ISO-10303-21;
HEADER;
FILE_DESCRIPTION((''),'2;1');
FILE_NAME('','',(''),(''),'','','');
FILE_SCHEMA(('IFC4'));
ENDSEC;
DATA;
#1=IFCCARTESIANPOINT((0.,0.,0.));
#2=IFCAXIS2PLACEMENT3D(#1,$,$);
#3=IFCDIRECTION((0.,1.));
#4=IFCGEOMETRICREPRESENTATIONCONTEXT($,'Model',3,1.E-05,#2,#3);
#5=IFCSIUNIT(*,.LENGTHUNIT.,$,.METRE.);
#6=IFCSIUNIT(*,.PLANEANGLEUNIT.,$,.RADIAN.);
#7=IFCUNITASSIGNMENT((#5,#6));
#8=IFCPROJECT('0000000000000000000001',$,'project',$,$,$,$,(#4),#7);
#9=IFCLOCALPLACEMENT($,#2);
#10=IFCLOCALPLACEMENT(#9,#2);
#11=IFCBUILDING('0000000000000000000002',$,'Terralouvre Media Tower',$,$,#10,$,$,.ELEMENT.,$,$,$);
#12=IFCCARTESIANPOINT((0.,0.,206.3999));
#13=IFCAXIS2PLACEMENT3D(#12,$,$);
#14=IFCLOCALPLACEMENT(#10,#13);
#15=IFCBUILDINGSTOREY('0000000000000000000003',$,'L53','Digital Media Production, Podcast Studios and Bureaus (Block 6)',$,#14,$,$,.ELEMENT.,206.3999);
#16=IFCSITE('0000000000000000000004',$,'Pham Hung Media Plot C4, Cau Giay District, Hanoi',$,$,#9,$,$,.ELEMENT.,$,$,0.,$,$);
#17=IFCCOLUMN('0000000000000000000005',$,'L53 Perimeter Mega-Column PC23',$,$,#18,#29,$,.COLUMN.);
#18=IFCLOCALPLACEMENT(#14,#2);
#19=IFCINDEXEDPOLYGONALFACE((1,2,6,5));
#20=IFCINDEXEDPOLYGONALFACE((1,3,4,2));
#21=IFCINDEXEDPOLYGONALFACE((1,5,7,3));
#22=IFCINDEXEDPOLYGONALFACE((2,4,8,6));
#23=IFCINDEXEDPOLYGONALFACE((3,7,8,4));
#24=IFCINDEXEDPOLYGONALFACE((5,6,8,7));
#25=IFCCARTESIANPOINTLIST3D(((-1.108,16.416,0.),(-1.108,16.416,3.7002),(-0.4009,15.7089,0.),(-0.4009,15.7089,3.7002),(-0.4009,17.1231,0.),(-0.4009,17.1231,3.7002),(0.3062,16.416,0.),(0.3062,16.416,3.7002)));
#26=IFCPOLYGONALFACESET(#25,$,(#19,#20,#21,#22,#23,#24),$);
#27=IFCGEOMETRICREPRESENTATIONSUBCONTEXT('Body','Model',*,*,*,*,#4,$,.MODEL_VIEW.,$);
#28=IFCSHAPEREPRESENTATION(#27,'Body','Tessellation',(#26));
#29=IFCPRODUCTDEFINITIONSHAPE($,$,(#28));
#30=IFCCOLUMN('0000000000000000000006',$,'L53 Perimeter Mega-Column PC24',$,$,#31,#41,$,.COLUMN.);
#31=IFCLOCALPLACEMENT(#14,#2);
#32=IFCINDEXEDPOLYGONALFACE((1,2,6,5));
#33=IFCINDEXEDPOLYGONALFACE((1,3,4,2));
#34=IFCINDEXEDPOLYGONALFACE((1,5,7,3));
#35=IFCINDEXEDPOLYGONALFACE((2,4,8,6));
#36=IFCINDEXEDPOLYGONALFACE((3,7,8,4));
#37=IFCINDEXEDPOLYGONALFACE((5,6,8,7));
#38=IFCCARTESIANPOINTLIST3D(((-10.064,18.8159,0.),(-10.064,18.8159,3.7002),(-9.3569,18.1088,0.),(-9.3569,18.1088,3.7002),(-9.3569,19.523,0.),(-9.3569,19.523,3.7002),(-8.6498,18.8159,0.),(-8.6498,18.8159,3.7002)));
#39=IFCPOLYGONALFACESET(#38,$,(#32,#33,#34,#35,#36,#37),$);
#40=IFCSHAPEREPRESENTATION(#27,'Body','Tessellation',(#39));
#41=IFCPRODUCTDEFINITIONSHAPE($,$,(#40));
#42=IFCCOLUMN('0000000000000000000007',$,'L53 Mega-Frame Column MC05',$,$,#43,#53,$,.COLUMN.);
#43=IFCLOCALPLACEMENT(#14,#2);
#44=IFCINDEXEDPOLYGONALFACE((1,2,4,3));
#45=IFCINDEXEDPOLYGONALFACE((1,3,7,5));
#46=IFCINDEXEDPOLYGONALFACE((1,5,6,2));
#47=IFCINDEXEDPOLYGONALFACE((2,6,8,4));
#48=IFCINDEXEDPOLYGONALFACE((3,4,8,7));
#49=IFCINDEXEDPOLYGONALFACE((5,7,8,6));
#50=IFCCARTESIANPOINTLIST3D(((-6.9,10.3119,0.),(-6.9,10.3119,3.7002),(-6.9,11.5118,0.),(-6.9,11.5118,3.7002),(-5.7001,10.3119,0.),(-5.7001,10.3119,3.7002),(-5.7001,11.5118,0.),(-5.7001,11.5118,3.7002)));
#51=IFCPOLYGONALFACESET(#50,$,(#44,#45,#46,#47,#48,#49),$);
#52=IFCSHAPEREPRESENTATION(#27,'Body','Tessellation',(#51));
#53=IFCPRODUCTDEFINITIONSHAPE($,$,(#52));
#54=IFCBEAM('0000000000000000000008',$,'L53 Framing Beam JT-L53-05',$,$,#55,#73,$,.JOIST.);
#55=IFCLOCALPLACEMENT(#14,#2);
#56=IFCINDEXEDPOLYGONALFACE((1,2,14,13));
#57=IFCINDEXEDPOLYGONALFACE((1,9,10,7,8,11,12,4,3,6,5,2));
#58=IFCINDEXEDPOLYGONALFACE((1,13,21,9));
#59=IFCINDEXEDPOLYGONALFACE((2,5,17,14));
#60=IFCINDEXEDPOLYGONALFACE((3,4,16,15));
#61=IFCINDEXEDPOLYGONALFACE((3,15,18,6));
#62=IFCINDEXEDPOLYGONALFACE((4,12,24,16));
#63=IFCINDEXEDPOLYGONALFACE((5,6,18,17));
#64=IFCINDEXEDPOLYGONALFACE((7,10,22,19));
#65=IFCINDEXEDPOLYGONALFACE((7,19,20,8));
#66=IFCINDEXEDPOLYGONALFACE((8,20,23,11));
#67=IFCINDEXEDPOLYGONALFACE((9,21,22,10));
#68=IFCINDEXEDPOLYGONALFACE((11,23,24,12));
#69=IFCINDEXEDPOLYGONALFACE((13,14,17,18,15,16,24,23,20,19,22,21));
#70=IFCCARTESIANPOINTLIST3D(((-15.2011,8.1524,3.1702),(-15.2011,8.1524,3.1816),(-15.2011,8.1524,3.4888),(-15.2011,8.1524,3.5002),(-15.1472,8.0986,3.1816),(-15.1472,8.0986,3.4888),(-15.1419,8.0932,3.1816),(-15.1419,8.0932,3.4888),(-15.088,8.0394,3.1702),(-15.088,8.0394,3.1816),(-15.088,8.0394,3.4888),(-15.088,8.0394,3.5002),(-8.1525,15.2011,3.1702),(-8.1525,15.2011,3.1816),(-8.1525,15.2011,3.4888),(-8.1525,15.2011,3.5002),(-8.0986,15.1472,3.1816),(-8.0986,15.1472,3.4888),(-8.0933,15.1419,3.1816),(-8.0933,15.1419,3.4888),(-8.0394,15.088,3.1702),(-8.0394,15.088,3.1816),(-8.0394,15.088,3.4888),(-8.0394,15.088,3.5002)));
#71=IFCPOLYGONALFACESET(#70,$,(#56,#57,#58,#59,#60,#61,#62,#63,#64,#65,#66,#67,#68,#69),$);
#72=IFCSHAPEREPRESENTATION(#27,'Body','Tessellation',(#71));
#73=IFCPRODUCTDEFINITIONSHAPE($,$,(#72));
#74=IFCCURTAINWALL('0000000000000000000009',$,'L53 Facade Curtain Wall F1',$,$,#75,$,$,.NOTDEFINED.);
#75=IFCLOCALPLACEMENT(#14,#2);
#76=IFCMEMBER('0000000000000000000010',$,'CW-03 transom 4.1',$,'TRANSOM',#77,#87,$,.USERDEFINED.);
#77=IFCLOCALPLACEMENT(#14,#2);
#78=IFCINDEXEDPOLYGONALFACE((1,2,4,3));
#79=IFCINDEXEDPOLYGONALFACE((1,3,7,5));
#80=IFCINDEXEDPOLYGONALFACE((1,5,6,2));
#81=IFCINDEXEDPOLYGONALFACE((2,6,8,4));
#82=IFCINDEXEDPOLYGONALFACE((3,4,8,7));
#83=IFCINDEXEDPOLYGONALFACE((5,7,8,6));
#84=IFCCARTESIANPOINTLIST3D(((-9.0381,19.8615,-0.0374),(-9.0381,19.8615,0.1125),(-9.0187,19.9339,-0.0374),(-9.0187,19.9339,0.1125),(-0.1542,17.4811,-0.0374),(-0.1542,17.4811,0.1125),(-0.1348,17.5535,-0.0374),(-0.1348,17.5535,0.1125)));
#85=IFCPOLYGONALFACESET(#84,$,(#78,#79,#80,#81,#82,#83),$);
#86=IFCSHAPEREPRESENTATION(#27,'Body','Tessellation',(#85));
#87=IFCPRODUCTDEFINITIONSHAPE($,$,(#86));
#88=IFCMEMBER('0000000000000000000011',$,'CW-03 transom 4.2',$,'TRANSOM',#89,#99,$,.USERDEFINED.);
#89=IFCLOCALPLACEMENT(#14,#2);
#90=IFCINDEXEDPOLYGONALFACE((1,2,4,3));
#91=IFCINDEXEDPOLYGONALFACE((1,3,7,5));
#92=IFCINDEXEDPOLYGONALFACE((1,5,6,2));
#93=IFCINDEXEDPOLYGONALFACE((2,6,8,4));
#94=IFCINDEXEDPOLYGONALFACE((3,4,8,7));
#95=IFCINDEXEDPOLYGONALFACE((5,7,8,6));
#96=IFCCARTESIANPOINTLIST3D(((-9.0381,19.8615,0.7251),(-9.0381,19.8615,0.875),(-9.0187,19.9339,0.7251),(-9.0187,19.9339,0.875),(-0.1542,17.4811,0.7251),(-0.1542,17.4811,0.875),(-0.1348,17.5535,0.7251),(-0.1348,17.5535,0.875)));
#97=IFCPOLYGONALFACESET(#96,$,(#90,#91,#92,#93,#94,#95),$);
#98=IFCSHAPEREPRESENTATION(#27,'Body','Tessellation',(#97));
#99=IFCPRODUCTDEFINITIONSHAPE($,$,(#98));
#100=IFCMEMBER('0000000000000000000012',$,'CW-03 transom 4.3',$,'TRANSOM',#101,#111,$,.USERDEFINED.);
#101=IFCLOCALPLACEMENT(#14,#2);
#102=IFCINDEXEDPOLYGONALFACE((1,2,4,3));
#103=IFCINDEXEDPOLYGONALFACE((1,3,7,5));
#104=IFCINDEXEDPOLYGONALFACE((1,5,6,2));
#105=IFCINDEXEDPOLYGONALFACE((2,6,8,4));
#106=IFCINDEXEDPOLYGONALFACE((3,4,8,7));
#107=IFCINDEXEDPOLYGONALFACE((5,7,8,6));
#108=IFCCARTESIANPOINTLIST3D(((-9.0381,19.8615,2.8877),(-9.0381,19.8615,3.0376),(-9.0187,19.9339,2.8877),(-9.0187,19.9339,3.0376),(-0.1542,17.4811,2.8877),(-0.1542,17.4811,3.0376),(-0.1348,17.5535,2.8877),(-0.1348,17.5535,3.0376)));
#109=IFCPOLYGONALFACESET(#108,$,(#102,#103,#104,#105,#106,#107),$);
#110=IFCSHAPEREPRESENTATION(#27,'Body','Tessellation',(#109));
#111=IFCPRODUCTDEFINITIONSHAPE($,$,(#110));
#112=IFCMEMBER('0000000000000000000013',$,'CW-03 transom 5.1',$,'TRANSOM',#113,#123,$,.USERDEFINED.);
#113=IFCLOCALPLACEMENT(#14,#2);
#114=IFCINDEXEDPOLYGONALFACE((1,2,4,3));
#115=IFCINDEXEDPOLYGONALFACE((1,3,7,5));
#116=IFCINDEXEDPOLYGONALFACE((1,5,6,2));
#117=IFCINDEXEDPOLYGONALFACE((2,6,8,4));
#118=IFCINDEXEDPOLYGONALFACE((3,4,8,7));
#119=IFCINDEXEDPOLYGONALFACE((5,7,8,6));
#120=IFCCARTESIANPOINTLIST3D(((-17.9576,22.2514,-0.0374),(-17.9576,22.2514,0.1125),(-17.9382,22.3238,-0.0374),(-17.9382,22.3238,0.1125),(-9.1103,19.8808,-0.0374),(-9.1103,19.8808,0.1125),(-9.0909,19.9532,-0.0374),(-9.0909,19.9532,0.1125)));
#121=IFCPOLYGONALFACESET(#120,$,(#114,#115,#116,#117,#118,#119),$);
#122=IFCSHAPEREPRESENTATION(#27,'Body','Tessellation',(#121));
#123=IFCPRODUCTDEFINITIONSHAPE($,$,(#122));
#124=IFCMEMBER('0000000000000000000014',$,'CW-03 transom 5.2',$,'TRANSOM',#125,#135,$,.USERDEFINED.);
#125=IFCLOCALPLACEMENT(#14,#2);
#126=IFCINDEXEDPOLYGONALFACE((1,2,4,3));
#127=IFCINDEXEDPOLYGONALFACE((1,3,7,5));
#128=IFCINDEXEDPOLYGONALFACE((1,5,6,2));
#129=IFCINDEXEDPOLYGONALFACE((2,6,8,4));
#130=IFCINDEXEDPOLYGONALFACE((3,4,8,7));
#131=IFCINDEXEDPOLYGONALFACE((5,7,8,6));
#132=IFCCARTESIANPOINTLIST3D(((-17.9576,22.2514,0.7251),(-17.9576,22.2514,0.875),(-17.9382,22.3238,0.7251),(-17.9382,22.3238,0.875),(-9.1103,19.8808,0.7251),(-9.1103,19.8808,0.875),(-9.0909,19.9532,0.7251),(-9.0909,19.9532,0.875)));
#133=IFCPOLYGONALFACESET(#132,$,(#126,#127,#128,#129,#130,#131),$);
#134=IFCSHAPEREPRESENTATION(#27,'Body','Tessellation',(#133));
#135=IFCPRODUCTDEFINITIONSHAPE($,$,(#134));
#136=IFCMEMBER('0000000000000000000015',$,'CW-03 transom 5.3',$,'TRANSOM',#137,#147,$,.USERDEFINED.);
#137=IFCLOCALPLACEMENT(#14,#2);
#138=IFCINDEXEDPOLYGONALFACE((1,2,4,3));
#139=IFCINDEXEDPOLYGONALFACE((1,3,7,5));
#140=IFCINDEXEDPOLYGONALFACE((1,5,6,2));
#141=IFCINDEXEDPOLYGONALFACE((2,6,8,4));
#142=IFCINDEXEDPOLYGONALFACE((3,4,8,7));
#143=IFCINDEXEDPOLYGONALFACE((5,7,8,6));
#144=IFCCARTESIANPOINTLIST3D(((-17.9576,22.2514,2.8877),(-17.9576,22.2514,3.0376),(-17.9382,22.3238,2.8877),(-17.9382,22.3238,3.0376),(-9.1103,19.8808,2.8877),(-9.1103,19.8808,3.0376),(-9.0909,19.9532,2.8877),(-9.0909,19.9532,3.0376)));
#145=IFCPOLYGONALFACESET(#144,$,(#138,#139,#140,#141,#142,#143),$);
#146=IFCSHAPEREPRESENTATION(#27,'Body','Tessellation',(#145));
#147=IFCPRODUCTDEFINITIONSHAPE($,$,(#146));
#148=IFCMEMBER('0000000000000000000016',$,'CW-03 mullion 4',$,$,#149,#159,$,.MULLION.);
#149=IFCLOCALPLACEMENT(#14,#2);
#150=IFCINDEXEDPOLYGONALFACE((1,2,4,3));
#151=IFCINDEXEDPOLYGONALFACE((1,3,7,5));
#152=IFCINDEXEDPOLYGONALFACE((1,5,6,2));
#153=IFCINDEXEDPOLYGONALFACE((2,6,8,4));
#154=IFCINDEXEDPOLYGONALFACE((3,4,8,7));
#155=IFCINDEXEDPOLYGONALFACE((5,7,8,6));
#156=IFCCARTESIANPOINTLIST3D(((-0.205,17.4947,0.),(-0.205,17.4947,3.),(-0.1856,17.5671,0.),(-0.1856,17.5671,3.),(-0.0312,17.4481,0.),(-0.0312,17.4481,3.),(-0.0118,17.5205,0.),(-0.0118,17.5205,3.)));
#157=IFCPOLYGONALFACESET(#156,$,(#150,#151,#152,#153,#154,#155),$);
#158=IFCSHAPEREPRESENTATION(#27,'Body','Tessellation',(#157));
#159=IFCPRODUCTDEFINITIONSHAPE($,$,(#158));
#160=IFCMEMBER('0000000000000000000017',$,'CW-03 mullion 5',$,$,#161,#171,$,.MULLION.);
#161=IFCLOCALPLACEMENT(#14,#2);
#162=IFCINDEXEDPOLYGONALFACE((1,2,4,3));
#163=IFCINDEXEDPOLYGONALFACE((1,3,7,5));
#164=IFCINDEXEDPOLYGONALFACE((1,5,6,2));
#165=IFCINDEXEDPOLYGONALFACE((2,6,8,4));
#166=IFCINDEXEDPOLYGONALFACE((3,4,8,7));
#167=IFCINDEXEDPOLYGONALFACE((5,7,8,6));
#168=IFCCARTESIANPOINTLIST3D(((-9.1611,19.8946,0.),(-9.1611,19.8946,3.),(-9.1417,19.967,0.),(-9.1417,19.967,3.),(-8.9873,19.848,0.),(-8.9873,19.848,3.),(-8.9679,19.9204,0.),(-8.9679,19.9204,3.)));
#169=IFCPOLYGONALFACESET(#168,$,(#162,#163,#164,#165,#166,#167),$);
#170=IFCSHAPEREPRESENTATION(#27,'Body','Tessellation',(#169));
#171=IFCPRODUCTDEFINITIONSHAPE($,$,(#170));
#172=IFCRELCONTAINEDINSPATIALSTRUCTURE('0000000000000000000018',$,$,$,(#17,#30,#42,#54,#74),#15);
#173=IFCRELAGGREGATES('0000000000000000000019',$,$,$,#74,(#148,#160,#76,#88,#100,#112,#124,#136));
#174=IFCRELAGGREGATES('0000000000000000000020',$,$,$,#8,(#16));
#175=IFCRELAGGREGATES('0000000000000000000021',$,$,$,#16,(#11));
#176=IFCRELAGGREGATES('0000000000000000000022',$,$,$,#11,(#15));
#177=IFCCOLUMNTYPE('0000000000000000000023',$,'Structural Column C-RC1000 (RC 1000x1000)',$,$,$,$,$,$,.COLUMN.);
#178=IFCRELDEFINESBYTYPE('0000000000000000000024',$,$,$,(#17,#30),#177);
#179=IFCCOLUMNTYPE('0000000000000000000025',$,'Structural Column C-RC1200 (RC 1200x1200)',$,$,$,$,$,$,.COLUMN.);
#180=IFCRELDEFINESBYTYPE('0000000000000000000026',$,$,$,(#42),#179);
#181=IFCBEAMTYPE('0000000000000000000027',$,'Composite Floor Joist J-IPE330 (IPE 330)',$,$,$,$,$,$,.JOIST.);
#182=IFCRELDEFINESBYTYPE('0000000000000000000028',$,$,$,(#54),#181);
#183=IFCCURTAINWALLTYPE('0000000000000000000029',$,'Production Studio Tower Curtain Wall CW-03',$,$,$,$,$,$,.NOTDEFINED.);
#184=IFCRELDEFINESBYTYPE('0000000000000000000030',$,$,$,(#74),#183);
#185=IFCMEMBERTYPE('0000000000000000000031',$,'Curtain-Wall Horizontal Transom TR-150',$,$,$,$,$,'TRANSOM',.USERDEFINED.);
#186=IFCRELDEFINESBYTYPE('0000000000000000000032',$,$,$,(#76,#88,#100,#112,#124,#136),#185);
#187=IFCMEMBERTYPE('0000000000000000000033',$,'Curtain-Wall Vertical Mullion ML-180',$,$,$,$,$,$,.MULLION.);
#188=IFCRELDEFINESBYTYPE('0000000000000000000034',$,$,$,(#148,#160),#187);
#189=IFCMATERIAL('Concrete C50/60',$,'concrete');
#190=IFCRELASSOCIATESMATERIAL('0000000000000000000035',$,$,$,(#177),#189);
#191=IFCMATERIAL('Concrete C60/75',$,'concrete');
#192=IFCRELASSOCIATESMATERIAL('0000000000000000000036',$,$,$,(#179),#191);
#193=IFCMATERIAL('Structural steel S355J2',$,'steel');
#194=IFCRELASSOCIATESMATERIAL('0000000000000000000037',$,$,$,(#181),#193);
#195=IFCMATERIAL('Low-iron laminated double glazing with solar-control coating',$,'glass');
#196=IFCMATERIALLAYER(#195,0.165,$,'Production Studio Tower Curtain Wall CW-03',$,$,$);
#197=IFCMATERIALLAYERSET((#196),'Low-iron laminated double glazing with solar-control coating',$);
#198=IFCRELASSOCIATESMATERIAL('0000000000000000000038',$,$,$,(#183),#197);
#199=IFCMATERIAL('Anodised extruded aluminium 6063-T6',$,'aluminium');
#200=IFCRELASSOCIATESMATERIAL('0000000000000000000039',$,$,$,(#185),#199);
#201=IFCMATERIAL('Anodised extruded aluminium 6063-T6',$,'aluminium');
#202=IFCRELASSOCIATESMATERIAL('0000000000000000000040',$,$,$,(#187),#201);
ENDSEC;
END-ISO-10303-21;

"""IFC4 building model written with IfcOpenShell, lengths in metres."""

from ifc_helpers import new_model, si_unit, direction, frame, origin, origin_2d, place, context, subcontext, project, spatial, rectangle, i_section, extrude, material, layer, layer_set, material_profile, profile_set, type_object, element, aggregate, save


model = new_model("IFC4")

# Units and contexts
model_context = context("Model", 3, precision=1e-05, world=origin(), true_north=direction((0.0, 1.0)))
body_context = subcontext(model_context, "Body", "Model", "MODEL_VIEW")
ifc_project = project(units=[si_unit("LENGTHUNIT", "METRE"), si_unit("PLANEANGLEUNIT", "RADIAN")], contexts=[model_context])

# Site, building, storey
site_placement = place(None, origin())
site = spatial("IfcSite", under=ifc_project, at=site_placement, Name="Pham Hung Media Plot C4, Cau Giay District, Hanoi", CompositionType="ELEMENT", RefElevation=0.0)
building_placement = place(site_placement, origin())
building = spatial("IfcBuilding", under=site, at=building_placement, Name="Terralouvre Media Tower", CompositionType="ELEMENT")
storey_placement = place(building_placement, frame((0.0, 0.0, 206.3999)))
storey = spatial("IfcBuildingStorey", under=building, at=storey_placement, Name="L53", Description="Digital Media Production, Podcast Studios and Bureaus (Block 6)", CompositionType="ELEMENT", Elevation=206.3999)

# Columns
ifc_material_1 = material(Name="Concrete C50/60", Category="concrete")
ifc_material_profile_1 = material_profile(ifc_material_1, rectangle(XDim=1.0, YDim=1.0, at=origin_2d()), Name="RC 1000x1000")
ifc_profile_set_1 = profile_set([ifc_material_profile_1], Name="Concrete C50/60")
column_type_1 = type_object("IfcColumnType", Name="Structural Column C-RC1000 (RC 1000x1000)", PredefinedType="COLUMN", material=ifc_profile_set_1)
for number, where, z_axis, x_axis, name in (
    (1, (-0.4009, 16.416, 0.0), (0.0, 0.0, 1.0), (0.707107, 0.707107, 0.0), "L53 Perimeter Mega-Column PC23"),
    (2, (-9.3569, 18.8159, 0.0), (0.0, 0.0, 1.0), (0.707107, 0.707107, 0.0), "L53 Perimeter Mega-Column PC24"),
):
    element("IfcColumn", number, at=place(storey_placement, frame(where, z_axis=z_axis, x_axis=x_axis)), inside=storey, type_object=column_type_1, Name=name, PredefinedType="COLUMN", context=body_context, shape_type="SweptSolid", body=[
        extrude(rectangle(XDim=1.0, YDim=1.0, at=origin_2d()), origin(), (0.0, 0.0, 1.0), 3.7002),
    ])
ifc_material_2 = material(Name="Concrete C60/75", Category="concrete")
ifc_material_profile_2 = material_profile(ifc_material_2, rectangle(XDim=1.2, YDim=1.2, at=origin_2d()), Name="RC 1200x1200")
ifc_profile_set_2 = profile_set([ifc_material_profile_2], Name="Concrete C60/75")
column_type_2 = type_object("IfcColumnType", Name="Structural Column C-RC1200 (RC 1200x1200)", PredefinedType="COLUMN", material=ifc_profile_set_2)
column_placement = place(storey_placement, frame((-6.3, 10.9119, 0.0), z_axis=(0.0, 0.0, 1.0), x_axis=(1.0, 0.0, 0.0)))
element("IfcColumn", 3, at=column_placement, inside=storey, type_object=column_type_2, Name="L53 Mega-Frame Column MC05", PredefinedType="COLUMN", context=body_context, shape_type="SweptSolid", body=[
    extrude(rectangle(XDim=1.2, YDim=1.2, at=origin_2d()), origin(), (0.0, 0.0, 1.0), 3.7002),
])

# Beam
ifc_material_3 = material(Name="Structural steel S355J2", Category="steel")
ifc_material_profile_3 = material_profile(ifc_material_3, i_section(OverallWidth=0.1599, OverallDepth=0.3301, WebThickness=0.0076, FlangeThickness=0.0115, at=origin_2d()), Name="IPE 330")
ifc_profile_set_3 = profile_set([ifc_material_profile_3], Name="Structural steel S355J2")
beam_type_1 = type_object("IfcBeamType", Name="Composite Floor Joist J-IPE330 (IPE 330)", PredefinedType="JOIST", material=ifc_profile_set_3)
beam_1_placement = place(storey_placement, frame((-8.0959, 15.1445, 3.3352), z_axis=(-0.707107, -0.707107, 0.0), x_axis=(0.707107, -0.707107, 0.0)))
element("IfcBeam", 4, at=beam_1_placement, inside=storey, type_object=beam_type_1, Name="L53 Framing Beam JT-L53-05", PredefinedType="JOIST", context=body_context, shape_type="SweptSolid", body=[
    extrude(i_section(OverallWidth=0.1599, OverallDepth=0.3301, WebThickness=0.0076, FlangeThickness=0.0115, at=origin_2d()), origin(), (0.0, 0.0, 1.0), 9.9683),
])

# Curtain wall, members
ifc_material_4 = material(Name="Low-iron laminated double glazing with solar-control coating", Category="glass")
ifc_layer_1 = layer(ifc_material_4, 0.165, Name="Production Studio Tower Curtain Wall CW-03")
ifc_layer_set_1 = layer_set([ifc_layer_1], Name="Low-iron laminated double glazing with solar-control coating")
curtain_wall_type = type_object("IfcCurtainWallType", Name="Production Studio Tower Curtain Wall CW-03", PredefinedType="NOTDEFINED", material=ifc_layer_set_1)
curtain_wall_placement = place(storey_placement, origin())
curtain_wall = element("IfcCurtainWall", 5, at=curtain_wall_placement, inside=storey, type_object=curtain_wall_type, Name="L53 Facade Curtain Wall F1", PredefinedType="NOTDEFINED")
ifc_material_5 = material(Name="Anodised extruded aluminium 6063-T6", Category="aluminium")
ifc_material_profile_4 = material_profile(ifc_material_5, rectangle(XDim=0.075, YDim=0.1499, at=origin_2d()), Name="ALU 75x150")
ifc_profile_set_4 = profile_set([ifc_material_profile_4], Name="Anodised extruded aluminium 6063-T6")
member_type_1 = type_object("IfcMemberType", Name="Curtain-Wall Horizontal Transom TR-150", ElementType="TRANSOM", PredefinedType="USERDEFINED", material=ifc_profile_set_4)
member_1_placement = place(storey_placement, frame((-0.1445, 17.5173, 0.0376), z_axis=(-0.965927, 0.258816, 0.0), x_axis=(-0.258816, -0.965927, 0.0)))
member_1 = element("IfcMember", 6, at=member_1_placement, type_object=member_type_1, Name="CW-03 transom 4.1", ObjectType="TRANSOM", PredefinedType="USERDEFINED", context=body_context, shape_type="SweptSolid", body=[
    extrude(rectangle(XDim=0.075, YDim=0.1499, at=origin_2d()), origin(), (0.0, 0.0, 1.0), 9.1973),
])
member_2_placement = place(storey_placement, frame((-0.1445, 17.5173, 0.8), z_axis=(-0.965927, 0.258816, 0.0), x_axis=(-0.258816, -0.965927, 0.0)))
member_2 = element("IfcMember", 7, at=member_2_placement, type_object=member_type_1, Name="CW-03 transom 4.2", ObjectType="TRANSOM", PredefinedType="USERDEFINED", context=body_context, shape_type="SweptSolid", body=[
    extrude(rectangle(XDim=0.075, YDim=0.1499, at=origin_2d()), origin(), (0.0, 0.0, 1.0), 9.1973),
])
member_3_placement = place(storey_placement, frame((-0.1445, 17.5173, 2.9626), z_axis=(-0.965927, 0.258816, 0.0), x_axis=(-0.258816, -0.965927, 0.0)))
member_3 = element("IfcMember", 8, at=member_3_placement, type_object=member_type_1, Name="CW-03 transom 4.3", ObjectType="TRANSOM", PredefinedType="USERDEFINED", context=body_context, shape_type="SweptSolid", body=[
    extrude(rectangle(XDim=0.075, YDim=0.1499, at=origin_2d()), origin(), (0.0, 0.0, 1.0), 9.1973),
])
member_4_placement = place(storey_placement, frame((-9.1006, 19.917, 0.0376), z_axis=(-0.965927, 0.258814, 0.0), x_axis=(-0.258814, -0.965927, 0.0)))
member_4 = element("IfcMember", 9, at=member_4_placement, type_object=member_type_1, Name="CW-03 transom 5.1", ObjectType="TRANSOM", PredefinedType="USERDEFINED", context=body_context, shape_type="SweptSolid", body=[
    extrude(rectangle(XDim=0.075, YDim=0.1499, at=origin_2d()), origin(), (0.0, 0.0, 1.0), 9.1594),
])
member_5_placement = place(storey_placement, frame((-9.1006, 19.917, 0.8), z_axis=(-0.965927, 0.258814, 0.0), x_axis=(-0.258814, -0.965927, 0.0)))
member_5 = element("IfcMember", 10, at=member_5_placement, type_object=member_type_1, Name="CW-03 transom 5.2", ObjectType="TRANSOM", PredefinedType="USERDEFINED", context=body_context, shape_type="SweptSolid", body=[
    extrude(rectangle(XDim=0.075, YDim=0.1499, at=origin_2d()), origin(), (0.0, 0.0, 1.0), 9.1594),
])
member_6_placement = place(storey_placement, frame((-9.1006, 19.917, 2.9626), z_axis=(-0.965927, 0.258814, 0.0), x_axis=(-0.258814, -0.965927, 0.0)))
member_6 = element("IfcMember", 11, at=member_6_placement, type_object=member_type_1, Name="CW-03 transom 5.3", ObjectType="TRANSOM", PredefinedType="USERDEFINED", context=body_context, shape_type="SweptSolid", body=[
    extrude(rectangle(XDim=0.075, YDim=0.1499, at=origin_2d()), origin(), (0.0, 0.0, 1.0), 9.1594),
])
ifc_material_6 = material(Name="Anodised extruded aluminium 6063-T6", Category="aluminium")
ifc_material_profile_5 = material_profile(ifc_material_6, rectangle(XDim=0.075, YDim=0.1799, at=origin_2d()), Name="ALU 75x180")
ifc_profile_set_5 = profile_set([ifc_material_profile_5], Name="Anodised extruded aluminium 6063-T6")
member_type_2 = type_object("IfcMemberType", Name="Curtain-Wall Vertical Mullion ML-180", PredefinedType="MULLION", material=ifc_profile_set_5)
member_7_placement = place(storey_placement, frame((-0.1084, 17.5076, 0.0), z_axis=(0.0, 0.0, 1.0), x_axis=(-0.258819, -0.965926, 0.0)))
member_7 = element("IfcMember", 12, at=member_7_placement, type_object=member_type_2, Name="CW-03 mullion 4", PredefinedType="MULLION", context=body_context, shape_type="SweptSolid", body=[
    extrude(rectangle(XDim=0.075, YDim=0.1799, at=origin_2d()), origin(), (0.0, 0.0, 1.0), 3.0),
])
member_8_placement = place(storey_placement, frame((-9.0645, 19.9075, 0.0), z_axis=(0.0, 0.0, 1.0), x_axis=(-0.258819, -0.965926, 0.0)))
member_8 = element("IfcMember", 13, at=member_8_placement, type_object=member_type_2, Name="CW-03 mullion 5", PredefinedType="MULLION", context=body_context, shape_type="SweptSolid", body=[
    extrude(rectangle(XDim=0.075, YDim=0.1799, at=origin_2d()), origin(), (0.0, 0.0, 1.0), 3.0),
])

aggregate(curtain_wall, [member_7, member_8, member_1, member_2, member_3, member_4, member_5, member_6])

save(model, "model.ifc")
